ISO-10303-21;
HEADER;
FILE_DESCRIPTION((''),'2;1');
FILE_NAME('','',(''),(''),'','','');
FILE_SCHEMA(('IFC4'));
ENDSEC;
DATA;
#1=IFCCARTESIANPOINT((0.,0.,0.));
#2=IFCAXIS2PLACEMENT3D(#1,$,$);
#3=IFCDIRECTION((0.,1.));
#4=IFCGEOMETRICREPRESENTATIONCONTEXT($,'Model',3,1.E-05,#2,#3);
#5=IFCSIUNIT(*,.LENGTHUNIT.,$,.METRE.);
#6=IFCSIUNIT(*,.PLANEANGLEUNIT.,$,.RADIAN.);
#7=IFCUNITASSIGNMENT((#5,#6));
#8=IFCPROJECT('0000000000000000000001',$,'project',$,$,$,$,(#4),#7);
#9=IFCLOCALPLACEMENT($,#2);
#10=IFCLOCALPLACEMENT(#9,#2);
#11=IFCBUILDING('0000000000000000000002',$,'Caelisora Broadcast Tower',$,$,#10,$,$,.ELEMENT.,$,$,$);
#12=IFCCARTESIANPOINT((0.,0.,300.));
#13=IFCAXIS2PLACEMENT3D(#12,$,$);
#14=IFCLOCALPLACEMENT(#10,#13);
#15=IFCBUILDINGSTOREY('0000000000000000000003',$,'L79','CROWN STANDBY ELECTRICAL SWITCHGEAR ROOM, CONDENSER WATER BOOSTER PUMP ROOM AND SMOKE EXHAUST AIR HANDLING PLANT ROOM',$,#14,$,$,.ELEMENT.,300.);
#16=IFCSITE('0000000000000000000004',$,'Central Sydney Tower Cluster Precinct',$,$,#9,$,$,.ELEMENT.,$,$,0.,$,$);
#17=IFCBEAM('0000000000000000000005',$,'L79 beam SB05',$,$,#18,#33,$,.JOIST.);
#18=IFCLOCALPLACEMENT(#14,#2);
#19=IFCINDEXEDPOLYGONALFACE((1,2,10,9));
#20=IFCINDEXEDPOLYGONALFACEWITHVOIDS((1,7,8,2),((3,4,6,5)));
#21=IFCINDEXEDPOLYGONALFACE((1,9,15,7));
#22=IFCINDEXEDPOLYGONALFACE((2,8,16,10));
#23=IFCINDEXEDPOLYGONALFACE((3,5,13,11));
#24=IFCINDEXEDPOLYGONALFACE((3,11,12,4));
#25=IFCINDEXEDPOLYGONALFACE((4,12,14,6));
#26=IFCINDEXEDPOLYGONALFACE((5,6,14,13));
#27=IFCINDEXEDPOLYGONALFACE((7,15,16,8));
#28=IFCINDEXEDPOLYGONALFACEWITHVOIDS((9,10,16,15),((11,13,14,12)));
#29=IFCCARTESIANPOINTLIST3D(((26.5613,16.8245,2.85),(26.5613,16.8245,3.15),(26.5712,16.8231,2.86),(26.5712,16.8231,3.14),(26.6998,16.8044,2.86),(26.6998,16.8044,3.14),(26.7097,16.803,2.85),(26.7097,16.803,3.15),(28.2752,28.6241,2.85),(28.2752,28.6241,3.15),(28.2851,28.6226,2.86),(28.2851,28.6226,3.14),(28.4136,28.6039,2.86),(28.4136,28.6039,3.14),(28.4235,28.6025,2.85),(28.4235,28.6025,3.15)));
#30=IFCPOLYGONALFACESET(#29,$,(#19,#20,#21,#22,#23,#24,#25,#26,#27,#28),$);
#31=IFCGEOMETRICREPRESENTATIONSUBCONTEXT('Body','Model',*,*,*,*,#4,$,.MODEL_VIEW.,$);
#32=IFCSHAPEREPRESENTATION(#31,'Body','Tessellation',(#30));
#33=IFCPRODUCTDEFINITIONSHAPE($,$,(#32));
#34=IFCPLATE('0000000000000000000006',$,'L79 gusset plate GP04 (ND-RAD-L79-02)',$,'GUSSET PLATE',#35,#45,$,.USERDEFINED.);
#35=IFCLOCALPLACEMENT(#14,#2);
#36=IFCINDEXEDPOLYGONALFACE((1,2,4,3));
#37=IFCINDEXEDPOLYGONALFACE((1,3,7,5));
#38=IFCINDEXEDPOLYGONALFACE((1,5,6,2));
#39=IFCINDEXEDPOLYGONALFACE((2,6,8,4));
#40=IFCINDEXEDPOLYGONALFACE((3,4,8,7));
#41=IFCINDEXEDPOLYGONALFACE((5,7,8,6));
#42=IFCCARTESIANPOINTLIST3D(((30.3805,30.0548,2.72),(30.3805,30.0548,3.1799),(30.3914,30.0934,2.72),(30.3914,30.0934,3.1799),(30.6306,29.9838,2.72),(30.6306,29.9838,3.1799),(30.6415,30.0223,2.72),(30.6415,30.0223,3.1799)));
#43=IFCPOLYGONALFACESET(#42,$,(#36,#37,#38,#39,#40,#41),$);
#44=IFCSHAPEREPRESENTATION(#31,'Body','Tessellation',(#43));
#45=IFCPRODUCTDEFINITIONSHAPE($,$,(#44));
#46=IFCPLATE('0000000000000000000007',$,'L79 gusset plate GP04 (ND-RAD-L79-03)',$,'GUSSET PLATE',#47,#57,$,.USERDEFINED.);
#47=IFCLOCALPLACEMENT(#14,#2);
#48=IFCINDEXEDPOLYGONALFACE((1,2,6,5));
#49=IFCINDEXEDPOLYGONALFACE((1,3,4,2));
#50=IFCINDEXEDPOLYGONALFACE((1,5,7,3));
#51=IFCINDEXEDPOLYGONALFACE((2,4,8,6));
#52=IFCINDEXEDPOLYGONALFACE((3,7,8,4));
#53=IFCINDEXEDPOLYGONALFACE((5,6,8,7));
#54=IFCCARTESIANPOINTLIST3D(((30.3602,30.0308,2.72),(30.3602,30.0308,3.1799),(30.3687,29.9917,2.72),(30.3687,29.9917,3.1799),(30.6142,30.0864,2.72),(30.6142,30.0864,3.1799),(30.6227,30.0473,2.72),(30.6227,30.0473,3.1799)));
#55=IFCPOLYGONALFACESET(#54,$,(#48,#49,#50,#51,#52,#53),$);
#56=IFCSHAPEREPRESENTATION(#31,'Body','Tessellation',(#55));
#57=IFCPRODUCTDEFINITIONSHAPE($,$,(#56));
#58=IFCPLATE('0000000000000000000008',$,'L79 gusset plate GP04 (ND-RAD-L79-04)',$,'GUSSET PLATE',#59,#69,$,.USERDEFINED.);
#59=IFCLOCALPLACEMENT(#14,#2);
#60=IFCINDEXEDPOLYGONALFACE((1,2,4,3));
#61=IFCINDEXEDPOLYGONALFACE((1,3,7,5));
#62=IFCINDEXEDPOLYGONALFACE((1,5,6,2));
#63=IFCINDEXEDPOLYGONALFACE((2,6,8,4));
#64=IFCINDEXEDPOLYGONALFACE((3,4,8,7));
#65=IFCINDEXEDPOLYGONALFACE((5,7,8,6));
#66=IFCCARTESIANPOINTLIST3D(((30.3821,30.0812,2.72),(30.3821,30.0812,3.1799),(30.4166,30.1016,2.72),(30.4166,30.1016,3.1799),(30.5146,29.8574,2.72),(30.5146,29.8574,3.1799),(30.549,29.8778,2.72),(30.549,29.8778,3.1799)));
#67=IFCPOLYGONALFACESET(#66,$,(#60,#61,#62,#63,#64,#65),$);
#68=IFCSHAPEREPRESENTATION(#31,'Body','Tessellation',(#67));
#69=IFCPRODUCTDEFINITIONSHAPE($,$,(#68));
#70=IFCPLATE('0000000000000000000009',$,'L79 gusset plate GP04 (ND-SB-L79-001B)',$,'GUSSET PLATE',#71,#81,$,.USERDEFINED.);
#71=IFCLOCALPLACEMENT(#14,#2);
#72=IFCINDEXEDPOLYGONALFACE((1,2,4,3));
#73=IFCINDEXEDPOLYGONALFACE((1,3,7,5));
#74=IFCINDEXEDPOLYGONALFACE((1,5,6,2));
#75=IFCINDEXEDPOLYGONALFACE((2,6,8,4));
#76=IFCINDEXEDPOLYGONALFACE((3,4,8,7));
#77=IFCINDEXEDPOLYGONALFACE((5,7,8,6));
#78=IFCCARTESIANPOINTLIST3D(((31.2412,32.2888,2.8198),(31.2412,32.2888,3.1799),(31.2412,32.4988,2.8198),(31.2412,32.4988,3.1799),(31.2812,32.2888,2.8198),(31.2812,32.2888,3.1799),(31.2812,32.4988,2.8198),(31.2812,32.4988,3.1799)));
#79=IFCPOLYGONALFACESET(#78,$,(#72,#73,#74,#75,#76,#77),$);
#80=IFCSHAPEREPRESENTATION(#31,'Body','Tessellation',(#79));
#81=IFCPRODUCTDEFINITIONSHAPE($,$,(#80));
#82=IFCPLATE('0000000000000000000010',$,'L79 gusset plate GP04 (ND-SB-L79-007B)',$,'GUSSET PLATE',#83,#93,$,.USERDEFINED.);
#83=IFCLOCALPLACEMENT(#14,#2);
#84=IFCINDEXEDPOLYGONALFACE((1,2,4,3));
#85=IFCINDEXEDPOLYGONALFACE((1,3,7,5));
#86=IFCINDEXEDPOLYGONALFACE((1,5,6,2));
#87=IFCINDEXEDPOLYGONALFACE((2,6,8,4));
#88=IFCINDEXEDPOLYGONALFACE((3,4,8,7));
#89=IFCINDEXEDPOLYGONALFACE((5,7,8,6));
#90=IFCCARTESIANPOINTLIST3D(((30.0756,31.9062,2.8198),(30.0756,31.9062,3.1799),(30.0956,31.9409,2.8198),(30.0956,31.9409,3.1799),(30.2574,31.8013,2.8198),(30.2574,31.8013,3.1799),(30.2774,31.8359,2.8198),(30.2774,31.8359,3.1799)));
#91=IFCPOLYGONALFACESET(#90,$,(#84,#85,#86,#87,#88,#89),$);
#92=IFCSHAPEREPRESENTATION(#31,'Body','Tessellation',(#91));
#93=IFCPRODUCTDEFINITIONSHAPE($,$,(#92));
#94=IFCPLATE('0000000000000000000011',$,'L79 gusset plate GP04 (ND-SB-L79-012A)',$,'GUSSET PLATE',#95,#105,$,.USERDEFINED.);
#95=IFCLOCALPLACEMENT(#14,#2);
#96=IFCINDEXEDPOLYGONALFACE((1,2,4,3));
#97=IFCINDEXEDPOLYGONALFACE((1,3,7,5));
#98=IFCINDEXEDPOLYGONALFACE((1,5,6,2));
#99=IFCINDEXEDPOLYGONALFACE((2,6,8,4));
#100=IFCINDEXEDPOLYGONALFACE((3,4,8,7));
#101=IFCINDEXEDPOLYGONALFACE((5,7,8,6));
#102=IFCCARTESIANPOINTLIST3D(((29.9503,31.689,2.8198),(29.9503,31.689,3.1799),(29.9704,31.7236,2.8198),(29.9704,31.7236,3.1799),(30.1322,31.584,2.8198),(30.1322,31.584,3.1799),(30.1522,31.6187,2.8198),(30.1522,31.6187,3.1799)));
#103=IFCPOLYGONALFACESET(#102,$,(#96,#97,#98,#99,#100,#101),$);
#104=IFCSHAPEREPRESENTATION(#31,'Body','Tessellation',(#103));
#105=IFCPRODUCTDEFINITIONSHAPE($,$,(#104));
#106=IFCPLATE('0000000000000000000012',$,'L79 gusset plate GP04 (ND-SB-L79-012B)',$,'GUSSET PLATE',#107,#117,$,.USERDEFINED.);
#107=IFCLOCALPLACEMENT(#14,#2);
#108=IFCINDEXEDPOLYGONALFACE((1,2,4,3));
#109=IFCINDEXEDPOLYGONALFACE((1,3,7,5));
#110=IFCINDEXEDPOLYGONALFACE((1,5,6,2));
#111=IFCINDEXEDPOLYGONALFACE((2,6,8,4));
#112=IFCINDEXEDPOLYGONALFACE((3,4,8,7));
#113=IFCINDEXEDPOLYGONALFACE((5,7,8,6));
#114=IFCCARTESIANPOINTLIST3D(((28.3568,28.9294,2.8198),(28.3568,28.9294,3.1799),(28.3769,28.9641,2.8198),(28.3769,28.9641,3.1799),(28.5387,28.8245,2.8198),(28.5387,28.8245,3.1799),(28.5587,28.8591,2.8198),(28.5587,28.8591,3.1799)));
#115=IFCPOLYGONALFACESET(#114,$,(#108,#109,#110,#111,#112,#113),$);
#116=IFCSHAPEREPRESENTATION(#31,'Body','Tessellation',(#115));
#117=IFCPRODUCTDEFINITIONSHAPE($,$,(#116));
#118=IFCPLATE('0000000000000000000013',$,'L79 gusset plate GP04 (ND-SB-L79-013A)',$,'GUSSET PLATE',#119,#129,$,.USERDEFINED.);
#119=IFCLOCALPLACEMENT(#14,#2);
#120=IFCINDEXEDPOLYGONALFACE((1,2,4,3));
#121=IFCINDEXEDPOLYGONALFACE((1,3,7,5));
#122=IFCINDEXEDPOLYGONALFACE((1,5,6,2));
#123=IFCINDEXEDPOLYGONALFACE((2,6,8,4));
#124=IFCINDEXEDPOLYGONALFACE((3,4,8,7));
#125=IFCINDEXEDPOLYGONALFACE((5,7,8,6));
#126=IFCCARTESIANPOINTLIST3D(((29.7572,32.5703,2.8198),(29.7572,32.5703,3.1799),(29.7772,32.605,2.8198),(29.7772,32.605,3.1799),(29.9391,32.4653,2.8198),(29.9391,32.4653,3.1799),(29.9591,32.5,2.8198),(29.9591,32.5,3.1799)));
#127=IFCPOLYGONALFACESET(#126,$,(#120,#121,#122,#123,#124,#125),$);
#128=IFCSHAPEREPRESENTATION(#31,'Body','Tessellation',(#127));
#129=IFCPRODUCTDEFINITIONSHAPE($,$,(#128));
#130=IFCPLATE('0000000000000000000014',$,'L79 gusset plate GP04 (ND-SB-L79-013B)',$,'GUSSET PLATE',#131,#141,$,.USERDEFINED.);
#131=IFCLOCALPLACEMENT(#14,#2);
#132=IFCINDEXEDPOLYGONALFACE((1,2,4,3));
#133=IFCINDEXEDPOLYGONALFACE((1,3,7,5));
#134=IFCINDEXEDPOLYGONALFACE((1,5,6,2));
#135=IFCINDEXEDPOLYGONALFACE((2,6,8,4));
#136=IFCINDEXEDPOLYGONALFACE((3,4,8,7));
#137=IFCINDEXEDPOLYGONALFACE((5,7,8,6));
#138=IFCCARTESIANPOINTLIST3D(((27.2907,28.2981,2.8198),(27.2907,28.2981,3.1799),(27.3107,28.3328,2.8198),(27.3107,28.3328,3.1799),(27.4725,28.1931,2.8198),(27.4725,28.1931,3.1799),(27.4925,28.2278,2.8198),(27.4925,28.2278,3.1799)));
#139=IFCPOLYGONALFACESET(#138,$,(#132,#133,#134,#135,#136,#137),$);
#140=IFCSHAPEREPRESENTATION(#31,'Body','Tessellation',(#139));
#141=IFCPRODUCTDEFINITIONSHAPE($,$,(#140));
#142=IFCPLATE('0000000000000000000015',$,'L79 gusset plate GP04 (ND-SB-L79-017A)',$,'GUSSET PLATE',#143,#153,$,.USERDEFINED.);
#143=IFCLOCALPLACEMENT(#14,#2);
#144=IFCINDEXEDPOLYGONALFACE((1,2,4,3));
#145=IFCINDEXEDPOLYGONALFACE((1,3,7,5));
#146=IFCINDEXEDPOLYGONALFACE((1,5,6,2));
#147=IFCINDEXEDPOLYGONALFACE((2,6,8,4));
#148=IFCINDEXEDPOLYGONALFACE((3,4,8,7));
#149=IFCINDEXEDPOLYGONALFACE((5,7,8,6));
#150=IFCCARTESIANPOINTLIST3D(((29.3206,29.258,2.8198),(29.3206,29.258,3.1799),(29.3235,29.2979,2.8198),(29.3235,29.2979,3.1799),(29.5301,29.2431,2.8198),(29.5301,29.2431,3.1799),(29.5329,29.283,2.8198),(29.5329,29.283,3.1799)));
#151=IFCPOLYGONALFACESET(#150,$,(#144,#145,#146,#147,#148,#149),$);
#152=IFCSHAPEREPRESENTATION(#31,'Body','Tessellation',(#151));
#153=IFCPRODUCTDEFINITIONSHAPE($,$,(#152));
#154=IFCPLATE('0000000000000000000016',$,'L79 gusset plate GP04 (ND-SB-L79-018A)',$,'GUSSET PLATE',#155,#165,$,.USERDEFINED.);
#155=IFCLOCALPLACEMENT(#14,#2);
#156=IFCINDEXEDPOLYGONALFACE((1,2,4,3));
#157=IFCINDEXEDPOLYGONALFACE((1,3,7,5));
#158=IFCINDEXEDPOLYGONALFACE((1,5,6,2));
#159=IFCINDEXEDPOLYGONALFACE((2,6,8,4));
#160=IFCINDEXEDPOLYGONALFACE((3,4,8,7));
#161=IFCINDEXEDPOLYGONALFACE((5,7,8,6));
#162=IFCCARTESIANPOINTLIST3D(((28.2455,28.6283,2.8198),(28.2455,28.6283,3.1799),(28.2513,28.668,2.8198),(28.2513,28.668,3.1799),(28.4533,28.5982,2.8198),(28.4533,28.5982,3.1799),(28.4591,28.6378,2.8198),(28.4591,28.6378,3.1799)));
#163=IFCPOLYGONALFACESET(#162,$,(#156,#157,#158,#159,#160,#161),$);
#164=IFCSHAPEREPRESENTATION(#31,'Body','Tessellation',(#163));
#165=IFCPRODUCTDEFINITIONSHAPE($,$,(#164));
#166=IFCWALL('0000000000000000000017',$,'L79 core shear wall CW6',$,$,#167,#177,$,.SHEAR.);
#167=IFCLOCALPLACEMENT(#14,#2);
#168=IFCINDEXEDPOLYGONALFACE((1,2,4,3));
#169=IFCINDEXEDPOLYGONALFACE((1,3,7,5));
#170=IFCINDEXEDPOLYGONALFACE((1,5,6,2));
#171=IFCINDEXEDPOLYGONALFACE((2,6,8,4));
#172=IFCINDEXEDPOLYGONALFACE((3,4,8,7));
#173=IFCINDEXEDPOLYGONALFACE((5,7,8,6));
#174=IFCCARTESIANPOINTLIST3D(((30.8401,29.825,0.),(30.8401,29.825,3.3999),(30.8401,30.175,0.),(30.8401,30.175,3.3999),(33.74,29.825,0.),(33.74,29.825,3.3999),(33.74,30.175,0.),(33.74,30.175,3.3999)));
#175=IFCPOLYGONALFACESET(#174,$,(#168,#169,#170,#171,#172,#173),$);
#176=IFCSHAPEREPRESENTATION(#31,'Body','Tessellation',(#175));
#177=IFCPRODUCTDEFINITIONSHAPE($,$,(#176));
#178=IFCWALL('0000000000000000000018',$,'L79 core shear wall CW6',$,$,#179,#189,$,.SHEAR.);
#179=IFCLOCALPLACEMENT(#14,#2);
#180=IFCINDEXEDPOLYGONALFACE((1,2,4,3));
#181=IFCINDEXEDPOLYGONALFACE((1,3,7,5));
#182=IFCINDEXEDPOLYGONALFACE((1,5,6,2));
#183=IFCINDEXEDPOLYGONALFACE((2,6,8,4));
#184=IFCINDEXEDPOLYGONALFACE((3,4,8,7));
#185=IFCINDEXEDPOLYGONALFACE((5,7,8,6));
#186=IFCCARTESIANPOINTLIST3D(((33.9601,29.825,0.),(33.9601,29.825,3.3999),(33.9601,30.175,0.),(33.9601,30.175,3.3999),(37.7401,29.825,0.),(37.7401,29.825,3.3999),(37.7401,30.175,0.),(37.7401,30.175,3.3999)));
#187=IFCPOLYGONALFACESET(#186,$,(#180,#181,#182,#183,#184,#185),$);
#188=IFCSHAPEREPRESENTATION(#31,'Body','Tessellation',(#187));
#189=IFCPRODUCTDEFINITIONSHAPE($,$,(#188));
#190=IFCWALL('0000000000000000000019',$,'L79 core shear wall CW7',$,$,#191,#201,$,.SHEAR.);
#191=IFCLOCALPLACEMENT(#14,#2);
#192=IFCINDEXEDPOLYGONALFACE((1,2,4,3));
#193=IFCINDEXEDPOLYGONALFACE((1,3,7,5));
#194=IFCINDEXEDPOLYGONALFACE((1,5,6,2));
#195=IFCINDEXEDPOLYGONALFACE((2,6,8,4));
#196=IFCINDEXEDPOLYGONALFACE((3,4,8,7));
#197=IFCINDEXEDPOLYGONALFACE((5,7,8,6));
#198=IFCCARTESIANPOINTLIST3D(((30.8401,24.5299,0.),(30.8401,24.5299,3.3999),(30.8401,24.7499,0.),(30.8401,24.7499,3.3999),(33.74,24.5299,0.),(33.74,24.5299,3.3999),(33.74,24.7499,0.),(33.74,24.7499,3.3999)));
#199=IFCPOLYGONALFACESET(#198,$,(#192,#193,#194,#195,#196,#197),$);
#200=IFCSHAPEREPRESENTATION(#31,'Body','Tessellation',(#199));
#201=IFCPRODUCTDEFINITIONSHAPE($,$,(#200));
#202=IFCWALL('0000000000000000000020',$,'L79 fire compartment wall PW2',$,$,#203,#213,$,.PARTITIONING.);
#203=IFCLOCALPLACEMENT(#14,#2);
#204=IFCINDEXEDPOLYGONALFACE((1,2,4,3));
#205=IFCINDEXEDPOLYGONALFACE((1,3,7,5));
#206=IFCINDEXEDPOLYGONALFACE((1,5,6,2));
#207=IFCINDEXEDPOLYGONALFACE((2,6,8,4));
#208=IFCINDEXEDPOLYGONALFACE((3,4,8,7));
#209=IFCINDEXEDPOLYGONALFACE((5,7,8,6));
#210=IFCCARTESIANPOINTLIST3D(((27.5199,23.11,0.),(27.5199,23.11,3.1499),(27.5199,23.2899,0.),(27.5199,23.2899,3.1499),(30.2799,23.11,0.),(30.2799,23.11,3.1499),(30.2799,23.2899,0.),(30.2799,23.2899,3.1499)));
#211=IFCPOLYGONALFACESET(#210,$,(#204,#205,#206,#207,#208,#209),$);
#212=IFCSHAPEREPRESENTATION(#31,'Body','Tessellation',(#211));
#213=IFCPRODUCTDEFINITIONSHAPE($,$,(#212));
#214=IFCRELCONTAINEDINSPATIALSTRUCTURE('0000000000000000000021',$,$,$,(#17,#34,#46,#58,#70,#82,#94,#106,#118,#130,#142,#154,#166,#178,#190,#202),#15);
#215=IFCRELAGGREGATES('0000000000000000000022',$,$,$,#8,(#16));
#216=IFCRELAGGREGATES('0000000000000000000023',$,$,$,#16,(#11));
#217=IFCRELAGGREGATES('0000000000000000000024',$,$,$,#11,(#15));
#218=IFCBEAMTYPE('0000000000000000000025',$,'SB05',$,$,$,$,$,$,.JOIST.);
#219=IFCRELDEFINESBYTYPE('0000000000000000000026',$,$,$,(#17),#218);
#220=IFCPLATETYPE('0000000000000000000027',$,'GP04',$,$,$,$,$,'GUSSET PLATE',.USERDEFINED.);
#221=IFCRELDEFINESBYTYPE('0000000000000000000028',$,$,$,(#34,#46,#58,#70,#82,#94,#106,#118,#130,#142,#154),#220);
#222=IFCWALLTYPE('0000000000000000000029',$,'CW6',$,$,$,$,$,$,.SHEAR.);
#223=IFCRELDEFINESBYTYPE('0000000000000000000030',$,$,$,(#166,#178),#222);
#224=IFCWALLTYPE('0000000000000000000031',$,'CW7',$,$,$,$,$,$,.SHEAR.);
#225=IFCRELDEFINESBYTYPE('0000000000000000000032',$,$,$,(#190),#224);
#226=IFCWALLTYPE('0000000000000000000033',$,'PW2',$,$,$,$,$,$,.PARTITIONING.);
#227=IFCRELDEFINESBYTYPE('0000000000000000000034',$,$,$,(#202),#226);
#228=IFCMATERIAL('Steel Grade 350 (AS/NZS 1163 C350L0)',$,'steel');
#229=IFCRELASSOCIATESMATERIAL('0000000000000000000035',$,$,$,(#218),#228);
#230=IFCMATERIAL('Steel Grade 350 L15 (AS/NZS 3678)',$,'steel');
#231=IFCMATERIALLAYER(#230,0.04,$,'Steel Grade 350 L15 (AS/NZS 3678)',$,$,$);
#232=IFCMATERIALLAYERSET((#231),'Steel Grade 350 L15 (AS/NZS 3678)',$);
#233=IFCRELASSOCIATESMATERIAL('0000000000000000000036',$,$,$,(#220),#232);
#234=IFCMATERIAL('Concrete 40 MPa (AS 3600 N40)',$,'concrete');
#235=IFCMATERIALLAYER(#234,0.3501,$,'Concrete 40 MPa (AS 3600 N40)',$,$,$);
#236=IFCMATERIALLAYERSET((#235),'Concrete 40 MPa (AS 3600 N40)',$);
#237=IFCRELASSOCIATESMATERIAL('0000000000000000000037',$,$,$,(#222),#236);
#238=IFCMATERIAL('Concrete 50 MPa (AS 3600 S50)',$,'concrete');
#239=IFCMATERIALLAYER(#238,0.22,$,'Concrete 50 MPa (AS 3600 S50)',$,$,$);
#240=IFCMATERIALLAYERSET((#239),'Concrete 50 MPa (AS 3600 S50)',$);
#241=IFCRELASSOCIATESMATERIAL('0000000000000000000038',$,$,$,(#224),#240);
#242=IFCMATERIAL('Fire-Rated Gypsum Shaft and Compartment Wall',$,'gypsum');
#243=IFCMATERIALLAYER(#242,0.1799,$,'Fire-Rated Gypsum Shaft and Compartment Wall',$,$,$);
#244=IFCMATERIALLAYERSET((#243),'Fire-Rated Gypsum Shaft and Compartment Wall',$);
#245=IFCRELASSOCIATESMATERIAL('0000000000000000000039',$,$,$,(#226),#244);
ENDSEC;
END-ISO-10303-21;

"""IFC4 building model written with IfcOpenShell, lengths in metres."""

from ifc_helpers import new_model, si_unit, direction, frame, frame_2d, origin, origin_2d, place, context, subcontext, project, spatial, rectangle, hollow_rectangle, extrude, source, transform, mapped, material, layer, layer_set, material_profile, profile_set, type_object, type_shapes, element, save


model = new_model("IFC4")

# Units and contexts
model_context = context("Model", 3, precision=1e-05, world=origin(), true_north=direction((0.0, 1.0)))
body_context = subcontext(model_context, "Body", "Model", "MODEL_VIEW")
ifc_project = project(units=[si_unit("LENGTHUNIT", "METRE"), si_unit("PLANEANGLEUNIT", "RADIAN")], contexts=[model_context])

# Site, building, storey
site_placement = place(None, origin())
site = spatial("IfcSite", under=ifc_project, at=site_placement, Name="Central Sydney Tower Cluster Precinct", CompositionType="ELEMENT", RefElevation=0.0)
building_placement = place(site_placement, origin())
building = spatial("IfcBuilding", under=site, at=building_placement, Name="Caelisora Broadcast Tower", CompositionType="ELEMENT")
storey_placement = place(building_placement, frame((0.0, 0.0, 300.0)))
storey = spatial("IfcBuildingStorey", under=building, at=storey_placement, Name="L79", Description="CROWN STANDBY ELECTRICAL SWITCHGEAR ROOM, CONDENSER WATER BOOSTER PUMP ROOM AND SMOKE EXHAUST AIR HANDLING PLANT ROOM", CompositionType="ELEMENT", Elevation=300.0)

# Shared definitions
ifc_material_1 = material(Name="Steel Grade 350 (AS/NZS 1163 C350L0)", Category="steel")

# Beam
ifc_material_profile_1 = material_profile(ifc_material_1, hollow_rectangle(XDim=0.1499, YDim=0.3, WallThickness=0.01, at=origin_2d()), Name="Steel Grade 350 (AS/NZS 1163 C350L0)")
ifc_profile_set_1 = profile_set([ifc_material_profile_1], Name="Steel Grade 350 (AS/NZS 1163 C350L0)")
beam_type_1 = type_object("IfcBeamType", Name="SB05", PredefinedType="JOIST", material=ifc_profile_set_1)
shared_shape_1 = source(origin(), body_context, "Body", "SweptSolid", [
    extrude(hollow_rectangle(XDim=0.1499, YDim=0.3, WallThickness=0.01, at=origin_2d()), origin(), (0.0, 0.0, 1.0), 11.9233),
])
beam_1_placement = place(storey_placement, frame((28.3494, 28.6133, 3.0), z_axis=(-0.14374, -0.989615, 0.0), x_axis=(0.989615, -0.14374, 0.0)))
element("IfcBeam", 1, at=beam_1_placement, inside=storey, type_object=beam_type_1, Name="L79 beam SB05", PredefinedType="JOIST", context=body_context, shape_type="MappedRepresentation", body=[
    mapped(shared_shape_1, transform((0.0, 0.0, 0.0), scale=1.0)),
])

# Plates
ifc_material_2 = material(Name="Steel Grade 350 L15 (AS/NZS 3678)", Category="steel")
ifc_layer_1 = layer(ifc_material_2, 0.04, Name="Steel Grade 350 L15 (AS/NZS 3678)")
ifc_layer_set_1 = layer_set([ifc_layer_1], Name="Steel Grade 350 L15 (AS/NZS 3678)")
plate_type = type_object("IfcPlateType", Name="GP04", ElementType="GUSSET PLATE", PredefinedType="USERDEFINED", material=ifc_layer_set_1)
shared_shape_2 = source(origin(), body_context, "Body", "SweptSolid", [
    extrude(rectangle(XDim=0.26, YDim=0.04, at=origin_2d()), origin(), (0.0, 0.0, 1.0), 0.46),
])
for number, where, z_axis, x_axis, name in (
    (2, (30.511, 30.0386, 2.72), (0.0, 0.0, 1.0), (-0.961932, 0.273288, 0.0), "L79 gusset plate GP04 (ND-RAD-L79-02)"),
    (3, (30.4915, 30.0391, 2.72), (0.0, 0.0, 1.0), (-0.976822, -0.214053, 0.0), "L79 gusset plate GP04 (ND-RAD-L79-03)"),
    (4, (30.4656, 29.9795, 2.72), (0.0, 0.0, 1.0), (0.509342, -0.860564, 0.0), "L79 gusset plate GP04 (ND-RAD-L79-04)"),
):
    element("IfcPlate", number, at=place(storey_placement, frame(where, z_axis=z_axis, x_axis=x_axis)), inside=storey, type_object=plate_type, Name=name, ObjectType="GUSSET PLATE", PredefinedType="USERDEFINED", context=body_context, shape_type="MappedRepresentation", body=[
        mapped(shared_shape_2, transform((0.0, 0.0, 0.0), scale=1.0)),
    ])
shared_shape_3 = source(origin(), body_context, "Body", "SweptSolid", [
    extrude(rectangle(XDim=0.21, YDim=0.04, at=origin_2d()), origin(), (0.0, 0.0, 1.0), 0.3601),
])
type_shapes(plate_type, [shared_shape_2, shared_shape_3])
for number, where, z_axis, x_axis, name in (
    (5, (31.2612, 32.3938, 2.8198), (0.0, 0.0, 1.0), (0.0, -1.0, 0.0), "L79 gusset plate GP04 (ND-SB-L79-001B)"),
    (6, (30.1765, 31.8711, 2.8198), (0.0, 0.0, 1.0), (0.866025, -0.5, 0.0), "L79 gusset plate GP04 (ND-SB-L79-007B)"),
    (7, (30.0513, 31.6538, 2.8198), (0.0, 0.0, 1.0), (0.866025, -0.5, 0.0), "L79 gusset plate GP04 (ND-SB-L79-012A)"),
    (8, (28.4578, 28.8943, 2.8198), (0.0, 0.0, 1.0), (0.866025, -0.5, 0.0), "L79 gusset plate GP04 (ND-SB-L79-012B)"),
    (9, (29.8582, 32.5352, 2.8198), (0.0, 0.0, 1.0), (0.866025, -0.5, 0.0), "L79 gusset plate GP04 (ND-SB-L79-013A)"),
    (10, (27.3916, 28.2629, 2.8198), (0.0, 0.0, 1.0), (0.866025, -0.5, 0.0), "L79 gusset plate GP04 (ND-SB-L79-013B)"),
    (11, (29.4268, 29.2705, 2.8198), (0.0, 0.0, 1.0), (0.99749, -0.070801, 0.0), "L79 gusset plate GP04 (ND-SB-L79-017A)"),
    (12, (28.3523, 28.6331, 2.8198), (0.0, 0.0, 1.0), (0.989626, -0.143665, 0.0), "L79 gusset plate GP04 (ND-SB-L79-018A)"),
):
    element("IfcPlate", number, at=place(storey_placement, frame(where, z_axis=z_axis, x_axis=x_axis)), inside=storey, type_object=plate_type, Name=name, ObjectType="GUSSET PLATE", PredefinedType="USERDEFINED", context=body_context, shape_type="MappedRepresentation", body=[
        mapped(shared_shape_3, transform((0.0, 0.0, 0.0), scale=1.0)),
    ])

# Walls
ifc_material_3 = material(Name="Concrete 40 MPa (AS 3600 N40)", Category="concrete")
ifc_layer_2 = layer(ifc_material_3, 0.3501, Name="Concrete 40 MPa (AS 3600 N40)")
ifc_layer_set_2 = layer_set([ifc_layer_2], Name="Concrete 40 MPa (AS 3600 N40)")
wall_type_1 = type_object("IfcWallType", Name="CW6", PredefinedType="SHEAR", material=ifc_layer_set_2)
wall_1_placement = place(storey_placement, frame((30.8401, 30.0, 0.0), z_axis=(0.0, 0.0, 1.0), x_axis=(1.0, 0.0, 0.0)))
element("IfcWall", 13, at=wall_1_placement, inside=storey, type_object=wall_type_1, Name="L79 core shear wall CW6", PredefinedType="SHEAR", context=body_context, shape_type="SweptSolid", body=[
    extrude(rectangle(XDim=2.8999, YDim=0.3501, at=frame_2d((1.45, 0.0))), origin(), (0.0, 0.0, 1.0), 3.3999),
])
wall_2_placement = place(storey_placement, frame((33.96, 30.0, 0.0), z_axis=(0.0, 0.0, 1.0), x_axis=(1.0, 0.0, 0.0)))
element("IfcWall", 14, at=wall_2_placement, inside=storey, type_object=wall_type_1, Name="L79 core shear wall CW6", PredefinedType="SHEAR", context=body_context, shape_type="SweptSolid", body=[
    extrude(rectangle(XDim=3.78, YDim=0.3501, at=frame_2d((1.8901, 0.0))), origin(), (0.0, 0.0, 1.0), 3.3999),
])
ifc_material_4 = material(Name="Concrete 50 MPa (AS 3600 S50)", Category="concrete")
ifc_layer_3 = layer(ifc_material_4, 0.22, Name="Concrete 50 MPa (AS 3600 S50)")
ifc_layer_set_3 = layer_set([ifc_layer_3], Name="Concrete 50 MPa (AS 3600 S50)")
wall_type_2 = type_object("IfcWallType", Name="CW7", PredefinedType="SHEAR", material=ifc_layer_set_3)
wall_3_placement = place(storey_placement, frame((30.8401, 24.6399, 0.0), z_axis=(0.0, 0.0, 1.0), x_axis=(1.0, 0.0, 0.0)))
element("IfcWall", 15, at=wall_3_placement, inside=storey, type_object=wall_type_2, Name="L79 core shear wall CW7", PredefinedType="SHEAR", context=body_context, shape_type="SweptSolid", body=[
    extrude(rectangle(XDim=2.8999, YDim=0.22, at=frame_2d((1.45, 0.0))), origin(), (0.0, 0.0, 1.0), 3.3999),
])

# Shared definitions
ifc_material_5 = material(Name="Fire-Rated Gypsum Shaft and Compartment Wall", Category="gypsum")
ifc_layer_4 = layer(ifc_material_5, 0.1799, Name="Fire-Rated Gypsum Shaft and Compartment Wall")
ifc_layer_set_4 = layer_set([ifc_layer_4], Name="Fire-Rated Gypsum Shaft and Compartment Wall")
wall_type_3 = type_object("IfcWallType", Name="PW2", PredefinedType="PARTITIONING", material=ifc_layer_set_4)

# Wall
for number, where, z_axis, x_axis, name in (
    (16, (27.52, 23.2, 0.0), (0.0, 0.0, 1.0), (1.0, 0.0, 0.0), "L79 fire compartment wall PW2"),
):
    element("IfcWall", number, at=place(storey_placement, frame(where, z_axis=z_axis, x_axis=x_axis)), inside=storey, type_object=wall_type_3, Name=name, PredefinedType="PARTITIONING", context=body_context, shape_type="SweptSolid", body=[
        extrude(rectangle(XDim=2.76, YDim=0.1799, at=frame_2d((1.3799, 0.0))), origin(), (0.0, 0.0, 1.0), 3.1499),
    ])

save(model, "model.ifc")
